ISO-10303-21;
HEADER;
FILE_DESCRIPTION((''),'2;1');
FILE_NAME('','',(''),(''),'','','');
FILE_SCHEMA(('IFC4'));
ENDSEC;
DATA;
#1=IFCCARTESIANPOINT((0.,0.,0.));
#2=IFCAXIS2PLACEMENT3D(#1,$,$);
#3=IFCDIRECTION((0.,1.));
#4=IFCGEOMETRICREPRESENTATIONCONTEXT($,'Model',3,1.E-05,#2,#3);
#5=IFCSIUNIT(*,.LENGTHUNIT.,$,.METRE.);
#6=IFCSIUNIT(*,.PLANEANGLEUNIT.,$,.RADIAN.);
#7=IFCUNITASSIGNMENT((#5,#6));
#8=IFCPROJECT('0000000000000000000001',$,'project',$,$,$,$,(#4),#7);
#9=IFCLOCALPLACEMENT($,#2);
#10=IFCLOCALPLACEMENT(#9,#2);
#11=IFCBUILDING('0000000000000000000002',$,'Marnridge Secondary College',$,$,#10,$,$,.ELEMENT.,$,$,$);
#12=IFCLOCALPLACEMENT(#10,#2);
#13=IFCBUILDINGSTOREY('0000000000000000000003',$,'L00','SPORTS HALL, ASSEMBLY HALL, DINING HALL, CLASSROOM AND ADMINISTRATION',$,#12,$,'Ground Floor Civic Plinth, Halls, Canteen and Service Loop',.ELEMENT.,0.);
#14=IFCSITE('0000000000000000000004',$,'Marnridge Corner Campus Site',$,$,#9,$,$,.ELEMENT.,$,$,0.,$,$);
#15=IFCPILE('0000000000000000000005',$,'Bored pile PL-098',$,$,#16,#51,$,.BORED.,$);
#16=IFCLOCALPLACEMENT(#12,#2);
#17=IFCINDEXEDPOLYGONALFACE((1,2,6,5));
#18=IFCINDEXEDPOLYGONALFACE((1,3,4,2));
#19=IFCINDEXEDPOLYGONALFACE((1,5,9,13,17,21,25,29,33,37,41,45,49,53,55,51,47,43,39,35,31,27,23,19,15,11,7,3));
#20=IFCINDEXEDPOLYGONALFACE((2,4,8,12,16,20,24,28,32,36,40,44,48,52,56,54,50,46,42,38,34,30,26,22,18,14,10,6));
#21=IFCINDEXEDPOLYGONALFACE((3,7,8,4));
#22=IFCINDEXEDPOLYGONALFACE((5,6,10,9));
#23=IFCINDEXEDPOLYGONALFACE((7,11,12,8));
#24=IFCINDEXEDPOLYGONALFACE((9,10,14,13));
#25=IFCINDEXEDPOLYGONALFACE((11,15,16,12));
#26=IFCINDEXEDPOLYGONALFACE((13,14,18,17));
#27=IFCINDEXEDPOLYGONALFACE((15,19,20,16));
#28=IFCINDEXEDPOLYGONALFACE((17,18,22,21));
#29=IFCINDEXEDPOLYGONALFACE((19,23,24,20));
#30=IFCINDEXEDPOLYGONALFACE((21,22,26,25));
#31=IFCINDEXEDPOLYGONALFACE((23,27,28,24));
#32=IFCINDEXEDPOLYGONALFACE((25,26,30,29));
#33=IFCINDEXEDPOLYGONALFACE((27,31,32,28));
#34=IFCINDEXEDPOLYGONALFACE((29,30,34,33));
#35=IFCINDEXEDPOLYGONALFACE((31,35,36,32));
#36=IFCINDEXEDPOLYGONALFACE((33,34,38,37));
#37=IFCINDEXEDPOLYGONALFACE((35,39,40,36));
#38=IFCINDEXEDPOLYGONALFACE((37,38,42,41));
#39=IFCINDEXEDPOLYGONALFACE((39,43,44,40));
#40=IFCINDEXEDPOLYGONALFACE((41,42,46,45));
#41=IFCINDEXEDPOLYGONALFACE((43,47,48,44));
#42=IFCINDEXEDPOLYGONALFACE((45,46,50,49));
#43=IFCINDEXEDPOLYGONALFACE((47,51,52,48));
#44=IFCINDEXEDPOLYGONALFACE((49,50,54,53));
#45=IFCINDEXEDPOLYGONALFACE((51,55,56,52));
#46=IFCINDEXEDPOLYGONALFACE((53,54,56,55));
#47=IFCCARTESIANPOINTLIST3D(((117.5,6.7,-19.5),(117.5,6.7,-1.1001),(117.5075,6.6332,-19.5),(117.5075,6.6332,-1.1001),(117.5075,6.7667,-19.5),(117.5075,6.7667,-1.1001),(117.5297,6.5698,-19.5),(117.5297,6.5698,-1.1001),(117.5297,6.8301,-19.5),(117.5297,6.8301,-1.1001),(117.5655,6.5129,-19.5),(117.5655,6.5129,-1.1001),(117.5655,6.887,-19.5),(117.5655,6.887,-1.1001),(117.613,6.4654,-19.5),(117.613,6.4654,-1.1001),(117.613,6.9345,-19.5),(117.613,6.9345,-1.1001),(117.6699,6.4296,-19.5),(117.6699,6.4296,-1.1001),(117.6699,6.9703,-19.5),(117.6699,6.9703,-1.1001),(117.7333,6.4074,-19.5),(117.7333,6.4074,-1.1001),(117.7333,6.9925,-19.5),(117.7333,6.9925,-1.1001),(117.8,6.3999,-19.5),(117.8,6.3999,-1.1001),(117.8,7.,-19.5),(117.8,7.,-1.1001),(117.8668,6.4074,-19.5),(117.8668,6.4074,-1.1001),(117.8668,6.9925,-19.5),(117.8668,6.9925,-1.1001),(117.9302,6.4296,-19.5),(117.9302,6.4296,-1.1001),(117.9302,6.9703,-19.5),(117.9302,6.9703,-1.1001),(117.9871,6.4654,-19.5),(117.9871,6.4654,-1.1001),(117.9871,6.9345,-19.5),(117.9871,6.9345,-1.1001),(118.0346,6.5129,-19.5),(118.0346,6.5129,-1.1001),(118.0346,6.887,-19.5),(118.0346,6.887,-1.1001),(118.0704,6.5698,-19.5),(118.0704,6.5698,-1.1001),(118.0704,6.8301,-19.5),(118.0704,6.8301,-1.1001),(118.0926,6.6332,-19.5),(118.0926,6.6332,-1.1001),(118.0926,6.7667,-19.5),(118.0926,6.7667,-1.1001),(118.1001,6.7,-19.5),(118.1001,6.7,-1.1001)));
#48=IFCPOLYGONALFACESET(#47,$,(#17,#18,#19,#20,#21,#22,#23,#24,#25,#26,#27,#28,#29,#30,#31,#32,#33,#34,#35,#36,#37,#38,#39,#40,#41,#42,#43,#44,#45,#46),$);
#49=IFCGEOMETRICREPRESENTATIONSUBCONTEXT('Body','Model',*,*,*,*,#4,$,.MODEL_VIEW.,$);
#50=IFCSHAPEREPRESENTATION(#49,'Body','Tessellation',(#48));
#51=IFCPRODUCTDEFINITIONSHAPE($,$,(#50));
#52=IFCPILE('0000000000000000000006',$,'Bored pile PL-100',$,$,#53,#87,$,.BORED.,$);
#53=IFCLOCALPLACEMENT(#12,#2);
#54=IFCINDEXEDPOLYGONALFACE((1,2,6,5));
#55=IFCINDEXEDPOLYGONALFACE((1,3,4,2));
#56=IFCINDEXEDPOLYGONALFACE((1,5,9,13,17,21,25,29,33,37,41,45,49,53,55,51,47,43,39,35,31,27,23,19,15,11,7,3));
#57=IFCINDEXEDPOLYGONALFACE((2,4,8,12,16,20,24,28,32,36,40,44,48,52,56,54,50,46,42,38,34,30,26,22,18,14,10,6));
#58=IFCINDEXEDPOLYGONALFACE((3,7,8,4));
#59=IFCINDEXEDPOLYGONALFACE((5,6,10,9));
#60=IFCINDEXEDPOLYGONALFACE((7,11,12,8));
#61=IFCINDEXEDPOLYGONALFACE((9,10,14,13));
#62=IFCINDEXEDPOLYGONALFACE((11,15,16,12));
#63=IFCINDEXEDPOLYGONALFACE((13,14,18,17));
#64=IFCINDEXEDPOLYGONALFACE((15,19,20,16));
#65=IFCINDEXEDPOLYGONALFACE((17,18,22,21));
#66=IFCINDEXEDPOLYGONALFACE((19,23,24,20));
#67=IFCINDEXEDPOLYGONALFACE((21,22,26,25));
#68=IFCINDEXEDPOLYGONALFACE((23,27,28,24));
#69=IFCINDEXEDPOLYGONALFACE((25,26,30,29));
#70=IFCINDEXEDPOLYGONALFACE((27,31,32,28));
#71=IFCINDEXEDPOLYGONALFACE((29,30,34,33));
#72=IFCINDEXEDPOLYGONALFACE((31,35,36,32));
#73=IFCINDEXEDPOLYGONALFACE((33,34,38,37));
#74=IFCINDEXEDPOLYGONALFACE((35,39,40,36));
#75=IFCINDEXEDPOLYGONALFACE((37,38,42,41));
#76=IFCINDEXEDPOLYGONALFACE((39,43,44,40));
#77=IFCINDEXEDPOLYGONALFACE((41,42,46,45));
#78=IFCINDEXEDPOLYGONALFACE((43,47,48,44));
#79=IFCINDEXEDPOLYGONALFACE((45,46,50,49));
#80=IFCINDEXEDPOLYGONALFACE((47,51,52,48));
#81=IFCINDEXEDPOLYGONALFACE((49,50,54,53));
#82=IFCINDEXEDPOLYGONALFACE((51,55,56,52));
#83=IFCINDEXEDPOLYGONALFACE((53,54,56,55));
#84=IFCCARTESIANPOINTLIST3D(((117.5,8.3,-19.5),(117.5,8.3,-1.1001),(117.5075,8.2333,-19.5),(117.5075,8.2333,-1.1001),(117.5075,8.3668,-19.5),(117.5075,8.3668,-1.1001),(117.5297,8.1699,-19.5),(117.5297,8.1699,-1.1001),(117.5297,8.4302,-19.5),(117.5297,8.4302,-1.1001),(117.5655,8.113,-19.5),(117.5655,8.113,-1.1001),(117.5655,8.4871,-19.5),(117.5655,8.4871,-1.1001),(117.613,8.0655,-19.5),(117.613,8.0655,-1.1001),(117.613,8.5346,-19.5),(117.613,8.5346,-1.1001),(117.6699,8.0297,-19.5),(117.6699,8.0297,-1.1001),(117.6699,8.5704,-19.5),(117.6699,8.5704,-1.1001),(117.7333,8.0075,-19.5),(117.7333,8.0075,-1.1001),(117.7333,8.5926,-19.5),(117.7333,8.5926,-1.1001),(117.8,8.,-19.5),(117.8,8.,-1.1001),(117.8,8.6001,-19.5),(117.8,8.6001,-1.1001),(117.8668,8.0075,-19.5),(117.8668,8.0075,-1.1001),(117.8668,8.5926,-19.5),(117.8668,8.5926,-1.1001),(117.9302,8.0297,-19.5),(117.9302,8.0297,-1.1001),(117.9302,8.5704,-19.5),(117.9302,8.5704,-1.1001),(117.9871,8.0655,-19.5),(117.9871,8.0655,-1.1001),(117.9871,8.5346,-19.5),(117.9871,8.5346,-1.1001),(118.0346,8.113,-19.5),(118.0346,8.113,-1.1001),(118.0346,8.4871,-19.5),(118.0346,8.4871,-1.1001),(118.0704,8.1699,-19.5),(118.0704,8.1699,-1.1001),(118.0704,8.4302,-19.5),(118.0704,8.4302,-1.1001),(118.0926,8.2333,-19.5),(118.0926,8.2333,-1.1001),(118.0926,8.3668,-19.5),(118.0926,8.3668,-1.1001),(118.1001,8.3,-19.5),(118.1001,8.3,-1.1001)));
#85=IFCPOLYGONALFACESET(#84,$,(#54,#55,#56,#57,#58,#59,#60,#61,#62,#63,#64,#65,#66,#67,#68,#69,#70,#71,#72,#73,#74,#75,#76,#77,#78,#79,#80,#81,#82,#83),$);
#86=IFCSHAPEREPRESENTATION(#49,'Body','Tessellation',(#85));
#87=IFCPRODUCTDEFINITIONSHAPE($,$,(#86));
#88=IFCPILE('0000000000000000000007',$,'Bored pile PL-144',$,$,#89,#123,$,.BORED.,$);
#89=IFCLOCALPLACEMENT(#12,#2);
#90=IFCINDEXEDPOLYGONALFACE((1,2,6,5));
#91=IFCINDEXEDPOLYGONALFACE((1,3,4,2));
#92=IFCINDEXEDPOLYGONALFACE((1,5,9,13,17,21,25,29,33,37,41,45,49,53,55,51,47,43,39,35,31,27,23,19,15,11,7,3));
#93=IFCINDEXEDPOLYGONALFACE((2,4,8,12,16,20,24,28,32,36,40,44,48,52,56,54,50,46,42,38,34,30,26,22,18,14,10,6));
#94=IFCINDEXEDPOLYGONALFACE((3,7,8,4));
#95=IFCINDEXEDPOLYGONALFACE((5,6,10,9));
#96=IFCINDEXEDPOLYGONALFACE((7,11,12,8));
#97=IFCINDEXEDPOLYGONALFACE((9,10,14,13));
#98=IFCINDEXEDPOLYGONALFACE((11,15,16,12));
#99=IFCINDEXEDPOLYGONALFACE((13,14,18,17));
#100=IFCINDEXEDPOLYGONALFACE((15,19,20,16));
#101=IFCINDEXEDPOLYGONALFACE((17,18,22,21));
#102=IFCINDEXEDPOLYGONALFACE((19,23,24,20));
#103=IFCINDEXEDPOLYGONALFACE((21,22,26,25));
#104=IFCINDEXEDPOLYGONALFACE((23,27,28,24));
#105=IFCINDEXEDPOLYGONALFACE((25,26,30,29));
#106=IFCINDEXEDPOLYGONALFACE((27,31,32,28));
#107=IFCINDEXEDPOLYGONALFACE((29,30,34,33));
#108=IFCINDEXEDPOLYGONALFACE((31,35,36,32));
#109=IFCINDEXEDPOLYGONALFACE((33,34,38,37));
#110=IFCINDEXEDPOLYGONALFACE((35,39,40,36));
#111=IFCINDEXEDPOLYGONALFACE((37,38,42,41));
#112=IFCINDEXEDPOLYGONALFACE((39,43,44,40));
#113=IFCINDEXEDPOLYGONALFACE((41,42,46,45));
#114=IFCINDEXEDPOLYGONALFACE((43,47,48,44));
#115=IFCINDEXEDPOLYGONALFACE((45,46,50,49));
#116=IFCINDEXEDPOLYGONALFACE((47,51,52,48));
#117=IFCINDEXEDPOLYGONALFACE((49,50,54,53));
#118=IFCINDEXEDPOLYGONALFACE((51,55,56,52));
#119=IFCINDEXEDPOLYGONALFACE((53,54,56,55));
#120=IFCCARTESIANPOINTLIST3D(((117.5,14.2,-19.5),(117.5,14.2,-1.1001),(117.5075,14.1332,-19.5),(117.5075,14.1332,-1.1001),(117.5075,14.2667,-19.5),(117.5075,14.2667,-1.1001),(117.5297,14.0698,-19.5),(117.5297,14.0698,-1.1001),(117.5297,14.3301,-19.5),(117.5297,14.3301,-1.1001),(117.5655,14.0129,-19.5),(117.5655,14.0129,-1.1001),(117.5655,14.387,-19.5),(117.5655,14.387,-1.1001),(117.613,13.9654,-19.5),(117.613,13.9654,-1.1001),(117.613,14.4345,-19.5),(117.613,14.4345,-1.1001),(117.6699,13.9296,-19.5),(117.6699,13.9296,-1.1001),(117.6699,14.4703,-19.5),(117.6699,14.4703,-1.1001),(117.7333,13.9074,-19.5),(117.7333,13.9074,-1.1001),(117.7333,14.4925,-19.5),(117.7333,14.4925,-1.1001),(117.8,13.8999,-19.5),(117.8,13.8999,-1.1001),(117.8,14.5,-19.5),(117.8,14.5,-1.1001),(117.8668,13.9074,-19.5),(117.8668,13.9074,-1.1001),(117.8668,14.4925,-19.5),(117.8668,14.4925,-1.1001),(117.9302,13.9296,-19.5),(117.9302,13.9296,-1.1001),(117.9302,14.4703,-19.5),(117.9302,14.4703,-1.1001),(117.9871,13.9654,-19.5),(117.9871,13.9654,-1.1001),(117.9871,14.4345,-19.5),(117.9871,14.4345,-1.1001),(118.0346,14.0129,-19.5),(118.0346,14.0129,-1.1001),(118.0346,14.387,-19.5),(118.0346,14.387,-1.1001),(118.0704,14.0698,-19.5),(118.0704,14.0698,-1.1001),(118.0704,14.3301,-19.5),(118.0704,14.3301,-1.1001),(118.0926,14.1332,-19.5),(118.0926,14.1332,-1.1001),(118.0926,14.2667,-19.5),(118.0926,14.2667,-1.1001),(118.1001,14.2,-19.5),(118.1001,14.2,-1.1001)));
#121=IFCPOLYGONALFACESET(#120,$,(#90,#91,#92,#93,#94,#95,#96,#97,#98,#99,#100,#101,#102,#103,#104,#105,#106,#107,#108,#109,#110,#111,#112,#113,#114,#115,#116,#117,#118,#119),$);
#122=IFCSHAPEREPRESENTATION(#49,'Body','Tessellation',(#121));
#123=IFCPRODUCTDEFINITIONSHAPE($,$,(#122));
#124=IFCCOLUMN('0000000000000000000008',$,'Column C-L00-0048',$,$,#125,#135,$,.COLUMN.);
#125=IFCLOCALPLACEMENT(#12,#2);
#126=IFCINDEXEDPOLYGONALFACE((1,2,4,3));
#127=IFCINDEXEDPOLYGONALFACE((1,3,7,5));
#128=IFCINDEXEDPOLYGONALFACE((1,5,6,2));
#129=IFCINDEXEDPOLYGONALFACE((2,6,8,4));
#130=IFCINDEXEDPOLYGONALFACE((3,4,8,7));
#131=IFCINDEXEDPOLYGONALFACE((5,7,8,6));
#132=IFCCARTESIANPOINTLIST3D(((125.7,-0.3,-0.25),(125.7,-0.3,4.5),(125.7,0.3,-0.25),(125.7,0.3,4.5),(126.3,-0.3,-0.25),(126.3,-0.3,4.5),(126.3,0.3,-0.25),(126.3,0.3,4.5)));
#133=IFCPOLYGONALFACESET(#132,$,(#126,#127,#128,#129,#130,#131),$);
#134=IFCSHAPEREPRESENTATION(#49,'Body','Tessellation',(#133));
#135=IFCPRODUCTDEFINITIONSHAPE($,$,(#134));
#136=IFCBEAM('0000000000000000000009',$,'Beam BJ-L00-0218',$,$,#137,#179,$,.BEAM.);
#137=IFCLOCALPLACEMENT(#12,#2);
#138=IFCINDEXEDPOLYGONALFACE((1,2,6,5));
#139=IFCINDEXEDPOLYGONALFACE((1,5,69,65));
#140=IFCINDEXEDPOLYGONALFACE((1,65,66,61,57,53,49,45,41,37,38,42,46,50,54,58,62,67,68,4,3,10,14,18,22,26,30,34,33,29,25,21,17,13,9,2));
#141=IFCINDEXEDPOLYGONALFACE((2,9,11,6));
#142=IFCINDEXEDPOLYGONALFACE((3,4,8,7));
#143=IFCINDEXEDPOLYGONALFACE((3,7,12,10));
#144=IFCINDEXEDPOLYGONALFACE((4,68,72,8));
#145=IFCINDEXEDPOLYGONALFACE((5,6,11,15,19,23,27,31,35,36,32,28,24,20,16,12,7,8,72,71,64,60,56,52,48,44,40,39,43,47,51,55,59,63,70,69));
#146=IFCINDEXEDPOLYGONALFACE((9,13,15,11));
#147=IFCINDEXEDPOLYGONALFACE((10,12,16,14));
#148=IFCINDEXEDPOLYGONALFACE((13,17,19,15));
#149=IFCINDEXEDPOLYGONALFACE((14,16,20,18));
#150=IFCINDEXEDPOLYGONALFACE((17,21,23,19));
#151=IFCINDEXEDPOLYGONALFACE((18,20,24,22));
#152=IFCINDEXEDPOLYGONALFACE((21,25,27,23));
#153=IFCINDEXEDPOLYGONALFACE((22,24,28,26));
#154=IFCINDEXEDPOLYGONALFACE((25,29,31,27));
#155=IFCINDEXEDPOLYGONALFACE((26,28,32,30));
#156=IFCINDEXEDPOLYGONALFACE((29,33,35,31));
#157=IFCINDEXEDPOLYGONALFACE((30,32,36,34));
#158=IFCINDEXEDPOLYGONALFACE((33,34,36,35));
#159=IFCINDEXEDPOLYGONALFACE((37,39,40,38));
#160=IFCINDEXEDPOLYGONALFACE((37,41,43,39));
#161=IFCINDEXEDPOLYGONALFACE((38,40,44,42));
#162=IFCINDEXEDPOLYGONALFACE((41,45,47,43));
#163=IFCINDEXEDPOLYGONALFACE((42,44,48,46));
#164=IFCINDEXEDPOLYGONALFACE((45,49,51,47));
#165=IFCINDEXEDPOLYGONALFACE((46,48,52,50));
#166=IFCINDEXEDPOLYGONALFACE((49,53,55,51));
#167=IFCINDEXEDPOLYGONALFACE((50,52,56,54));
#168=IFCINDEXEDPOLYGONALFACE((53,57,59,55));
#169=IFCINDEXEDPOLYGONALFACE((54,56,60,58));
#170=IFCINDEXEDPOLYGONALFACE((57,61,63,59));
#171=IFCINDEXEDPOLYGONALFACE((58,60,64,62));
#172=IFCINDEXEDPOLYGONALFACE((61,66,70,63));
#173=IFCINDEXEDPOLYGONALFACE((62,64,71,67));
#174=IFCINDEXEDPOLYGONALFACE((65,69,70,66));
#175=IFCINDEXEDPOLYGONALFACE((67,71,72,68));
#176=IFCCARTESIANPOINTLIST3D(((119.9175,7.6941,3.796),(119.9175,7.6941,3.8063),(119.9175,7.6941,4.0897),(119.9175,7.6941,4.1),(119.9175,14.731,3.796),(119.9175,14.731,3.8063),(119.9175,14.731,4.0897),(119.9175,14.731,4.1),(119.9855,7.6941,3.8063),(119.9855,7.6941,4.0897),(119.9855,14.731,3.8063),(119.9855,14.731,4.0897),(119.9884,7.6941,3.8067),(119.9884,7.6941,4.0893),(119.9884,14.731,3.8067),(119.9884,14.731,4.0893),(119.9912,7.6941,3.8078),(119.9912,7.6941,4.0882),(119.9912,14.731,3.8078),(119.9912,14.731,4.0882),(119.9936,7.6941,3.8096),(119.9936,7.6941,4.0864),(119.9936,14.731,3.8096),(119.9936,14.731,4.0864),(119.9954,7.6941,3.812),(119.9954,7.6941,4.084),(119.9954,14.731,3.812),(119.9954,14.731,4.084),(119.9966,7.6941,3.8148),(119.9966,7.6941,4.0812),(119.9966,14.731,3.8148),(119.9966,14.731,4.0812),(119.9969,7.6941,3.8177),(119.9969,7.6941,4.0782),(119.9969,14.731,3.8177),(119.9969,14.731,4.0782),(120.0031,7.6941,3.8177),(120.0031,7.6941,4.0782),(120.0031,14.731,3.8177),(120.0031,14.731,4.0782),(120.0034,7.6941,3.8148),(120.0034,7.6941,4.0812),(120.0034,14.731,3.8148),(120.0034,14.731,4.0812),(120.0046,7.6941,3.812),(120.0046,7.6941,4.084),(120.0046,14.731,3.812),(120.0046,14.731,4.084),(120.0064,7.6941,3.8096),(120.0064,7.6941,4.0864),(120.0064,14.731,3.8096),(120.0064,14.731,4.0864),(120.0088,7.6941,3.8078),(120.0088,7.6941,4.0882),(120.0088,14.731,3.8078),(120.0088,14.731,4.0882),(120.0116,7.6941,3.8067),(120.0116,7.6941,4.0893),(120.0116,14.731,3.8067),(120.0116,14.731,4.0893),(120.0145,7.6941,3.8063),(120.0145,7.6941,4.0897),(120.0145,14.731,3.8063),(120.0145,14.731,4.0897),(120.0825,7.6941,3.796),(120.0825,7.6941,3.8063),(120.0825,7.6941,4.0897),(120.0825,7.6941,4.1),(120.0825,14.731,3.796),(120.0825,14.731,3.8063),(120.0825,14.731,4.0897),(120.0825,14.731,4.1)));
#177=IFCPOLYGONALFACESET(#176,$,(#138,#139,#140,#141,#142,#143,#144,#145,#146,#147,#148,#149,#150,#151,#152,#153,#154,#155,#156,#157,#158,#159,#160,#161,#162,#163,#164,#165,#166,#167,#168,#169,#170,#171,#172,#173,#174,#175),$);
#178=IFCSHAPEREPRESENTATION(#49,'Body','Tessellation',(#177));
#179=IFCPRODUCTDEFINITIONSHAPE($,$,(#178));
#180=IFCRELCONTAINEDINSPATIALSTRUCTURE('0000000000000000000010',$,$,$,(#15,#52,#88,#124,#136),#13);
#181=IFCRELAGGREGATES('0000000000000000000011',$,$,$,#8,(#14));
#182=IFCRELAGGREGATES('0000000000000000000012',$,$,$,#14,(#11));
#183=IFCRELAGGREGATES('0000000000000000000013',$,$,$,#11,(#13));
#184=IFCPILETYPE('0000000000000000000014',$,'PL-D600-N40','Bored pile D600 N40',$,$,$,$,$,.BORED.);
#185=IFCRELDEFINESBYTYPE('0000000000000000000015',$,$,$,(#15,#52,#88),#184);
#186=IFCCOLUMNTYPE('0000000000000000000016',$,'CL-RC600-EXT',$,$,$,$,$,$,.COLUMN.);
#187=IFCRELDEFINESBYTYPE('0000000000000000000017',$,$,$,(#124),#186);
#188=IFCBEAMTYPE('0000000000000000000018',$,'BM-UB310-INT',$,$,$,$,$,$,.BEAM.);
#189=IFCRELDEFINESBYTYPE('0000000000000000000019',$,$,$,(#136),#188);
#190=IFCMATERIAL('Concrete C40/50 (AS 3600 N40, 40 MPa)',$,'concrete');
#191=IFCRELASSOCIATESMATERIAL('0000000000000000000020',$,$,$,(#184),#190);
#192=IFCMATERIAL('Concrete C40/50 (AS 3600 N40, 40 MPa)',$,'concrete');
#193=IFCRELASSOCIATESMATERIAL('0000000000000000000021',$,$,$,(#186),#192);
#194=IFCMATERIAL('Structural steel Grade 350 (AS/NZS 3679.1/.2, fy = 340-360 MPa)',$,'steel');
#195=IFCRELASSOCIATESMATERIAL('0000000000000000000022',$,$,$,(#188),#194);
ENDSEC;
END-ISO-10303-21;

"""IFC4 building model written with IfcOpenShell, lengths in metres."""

from ifc_helpers import new_model, si_unit, direction, frame, origin, origin_2d, place, context, subcontext, project, spatial, rectangle, circle, i_section, extrude, material, material_profile, profile_set, type_object, element, save


model = new_model("IFC4")

# Units and contexts
model_context = context("Model", 3, precision=1e-05, world=origin(), true_north=direction((0.0, 1.0)))
body_context = subcontext(model_context, "Body", "Model", "MODEL_VIEW")
ifc_project = project(units=[si_unit("LENGTHUNIT", "METRE"), si_unit("PLANEANGLEUNIT", "RADIAN")], contexts=[model_context])

# Site, building, storey
site_placement = place(None, origin())
site = spatial("IfcSite", under=ifc_project, at=site_placement, Name="Marnridge Corner Campus Site", CompositionType="ELEMENT", RefElevation=0.0)
building_placement = place(site_placement, origin())
building = spatial("IfcBuilding", under=site, at=building_placement, Name="Marnridge Secondary College", CompositionType="ELEMENT")
storey_placement = place(building_placement, origin())
storey = spatial("IfcBuildingStorey", under=building, at=storey_placement, Name="L00", Description="SPORTS HALL, ASSEMBLY HALL, DINING HALL, CLASSROOM AND ADMINISTRATION", LongName="Ground Floor Civic Plinth, Halls, Canteen and Service Loop", CompositionType="ELEMENT", Elevation=0.0)

# Piles
ifc_material_1 = material(Name="Concrete C40/50 (AS 3600 N40, 40 MPa)", Category="concrete")
ifc_material_profile_1 = material_profile(ifc_material_1, circle(Radius=0.3, at=origin_2d()), Name="PILE D600")
ifc_profile_set_1 = profile_set([ifc_material_profile_1], Name="Concrete C40/50 (AS 3600 N40, 40 MPa)")
pile_type_1 = type_object("IfcPileType", Name="PL-D600-N40", Description="Bored pile D600 N40", PredefinedType="BORED", material=ifc_profile_set_1)
for number, where, z_axis, x_axis, name in (
    (1, (117.8, 6.7, -1.1001), (0.0, 0.0, -1.0), (1.0, 0.0, 0.0), "Bored pile PL-098"),
    (2, (117.8, 8.3, -1.1001), (0.0, 0.0, -1.0), (1.0, 0.0, 0.0), "Bored pile PL-100"),
    (3, (117.8, 14.2, -1.1001), (0.0, 0.0, -1.0), (1.0, 0.0, 0.0), "Bored pile PL-144"),
):
    element("IfcPile", number, at=place(storey_placement, frame(where, z_axis=z_axis, x_axis=x_axis)), inside=storey, type_object=pile_type_1, Name=name, PredefinedType="BORED", context=body_context, shape_type="SweptSolid", body=[
        extrude(circle(Radius=0.3, at=origin_2d()), origin(), (0.0, 0.0, 1.0), 18.3999),
    ])

# Column
ifc_material_2 = material(Name="Concrete C40/50 (AS 3600 N40, 40 MPa)", Category="concrete")
ifc_material_profile_2 = material_profile(ifc_material_2, rectangle(XDim=0.6001, YDim=0.6001, at=origin_2d()), Name="RC 600x600")
ifc_profile_set_2 = profile_set([ifc_material_profile_2], Name="Concrete C40/50 (AS 3600 N40, 40 MPa)")
column_type = type_object("IfcColumnType", Name="CL-RC600-EXT", PredefinedType="COLUMN", material=ifc_profile_set_2)
column_placement = place(storey_placement, frame((126.0, 0.0, -0.25), z_axis=(0.0, 0.0, 1.0), x_axis=(1.0, 0.0, 0.0)))
element("IfcColumn", 4, at=column_placement, inside=storey, type_object=column_type, Name="Column C-L00-0048", PredefinedType="COLUMN", context=body_context, shape_type="SweptSolid", body=[
    extrude(rectangle(XDim=0.6001, YDim=0.6001, at=origin_2d()), origin(), (0.0, 0.0, 1.0), 4.75),
])

# Beam
ifc_material_3 = material(Name="Structural steel Grade 350 (AS/NZS 3679.1/.2, fy = 340-360 MPa)", Category="steel")
ifc_material_profile_3 = material_profile(ifc_material_3, i_section(OverallWidth=0.165, OverallDepth=0.304, WebThickness=0.0061, FlangeThickness=0.0103, FilletRadius=0.0115, at=origin_2d()), Name="310UB40.4")
ifc_profile_set_3 = profile_set([ifc_material_profile_3], Name="Structural steel Grade 350 (AS/NZS 3679.1/.2, fy = 340-360 MPa)")
beam_type = type_object("IfcBeamType", Name="BM-UB310-INT", PredefinedType="BEAM", material=ifc_profile_set_3)
for number, where, z_axis, x_axis, name in (
    (5, (120.0, 7.6941, 3.948), (0.0, 1.0, 0.0), (-1.0, 0.0, 0.0), "Beam BJ-L00-0218"),
):
    element("IfcBeam", number, at=place(storey_placement, frame(where, z_axis=z_axis, x_axis=x_axis)), inside=storey, type_object=beam_type, Name=name, PredefinedType="BEAM", context=body_context, shape_type="SweptSolid", body=[
        extrude(i_section(OverallWidth=0.165, OverallDepth=0.304, WebThickness=0.0061, FlangeThickness=0.0103, FilletRadius=0.0115, at=origin_2d()), origin(), (0.0, 0.0, 1.0), 7.0369),
    ])

save(model, "model.ifc")
